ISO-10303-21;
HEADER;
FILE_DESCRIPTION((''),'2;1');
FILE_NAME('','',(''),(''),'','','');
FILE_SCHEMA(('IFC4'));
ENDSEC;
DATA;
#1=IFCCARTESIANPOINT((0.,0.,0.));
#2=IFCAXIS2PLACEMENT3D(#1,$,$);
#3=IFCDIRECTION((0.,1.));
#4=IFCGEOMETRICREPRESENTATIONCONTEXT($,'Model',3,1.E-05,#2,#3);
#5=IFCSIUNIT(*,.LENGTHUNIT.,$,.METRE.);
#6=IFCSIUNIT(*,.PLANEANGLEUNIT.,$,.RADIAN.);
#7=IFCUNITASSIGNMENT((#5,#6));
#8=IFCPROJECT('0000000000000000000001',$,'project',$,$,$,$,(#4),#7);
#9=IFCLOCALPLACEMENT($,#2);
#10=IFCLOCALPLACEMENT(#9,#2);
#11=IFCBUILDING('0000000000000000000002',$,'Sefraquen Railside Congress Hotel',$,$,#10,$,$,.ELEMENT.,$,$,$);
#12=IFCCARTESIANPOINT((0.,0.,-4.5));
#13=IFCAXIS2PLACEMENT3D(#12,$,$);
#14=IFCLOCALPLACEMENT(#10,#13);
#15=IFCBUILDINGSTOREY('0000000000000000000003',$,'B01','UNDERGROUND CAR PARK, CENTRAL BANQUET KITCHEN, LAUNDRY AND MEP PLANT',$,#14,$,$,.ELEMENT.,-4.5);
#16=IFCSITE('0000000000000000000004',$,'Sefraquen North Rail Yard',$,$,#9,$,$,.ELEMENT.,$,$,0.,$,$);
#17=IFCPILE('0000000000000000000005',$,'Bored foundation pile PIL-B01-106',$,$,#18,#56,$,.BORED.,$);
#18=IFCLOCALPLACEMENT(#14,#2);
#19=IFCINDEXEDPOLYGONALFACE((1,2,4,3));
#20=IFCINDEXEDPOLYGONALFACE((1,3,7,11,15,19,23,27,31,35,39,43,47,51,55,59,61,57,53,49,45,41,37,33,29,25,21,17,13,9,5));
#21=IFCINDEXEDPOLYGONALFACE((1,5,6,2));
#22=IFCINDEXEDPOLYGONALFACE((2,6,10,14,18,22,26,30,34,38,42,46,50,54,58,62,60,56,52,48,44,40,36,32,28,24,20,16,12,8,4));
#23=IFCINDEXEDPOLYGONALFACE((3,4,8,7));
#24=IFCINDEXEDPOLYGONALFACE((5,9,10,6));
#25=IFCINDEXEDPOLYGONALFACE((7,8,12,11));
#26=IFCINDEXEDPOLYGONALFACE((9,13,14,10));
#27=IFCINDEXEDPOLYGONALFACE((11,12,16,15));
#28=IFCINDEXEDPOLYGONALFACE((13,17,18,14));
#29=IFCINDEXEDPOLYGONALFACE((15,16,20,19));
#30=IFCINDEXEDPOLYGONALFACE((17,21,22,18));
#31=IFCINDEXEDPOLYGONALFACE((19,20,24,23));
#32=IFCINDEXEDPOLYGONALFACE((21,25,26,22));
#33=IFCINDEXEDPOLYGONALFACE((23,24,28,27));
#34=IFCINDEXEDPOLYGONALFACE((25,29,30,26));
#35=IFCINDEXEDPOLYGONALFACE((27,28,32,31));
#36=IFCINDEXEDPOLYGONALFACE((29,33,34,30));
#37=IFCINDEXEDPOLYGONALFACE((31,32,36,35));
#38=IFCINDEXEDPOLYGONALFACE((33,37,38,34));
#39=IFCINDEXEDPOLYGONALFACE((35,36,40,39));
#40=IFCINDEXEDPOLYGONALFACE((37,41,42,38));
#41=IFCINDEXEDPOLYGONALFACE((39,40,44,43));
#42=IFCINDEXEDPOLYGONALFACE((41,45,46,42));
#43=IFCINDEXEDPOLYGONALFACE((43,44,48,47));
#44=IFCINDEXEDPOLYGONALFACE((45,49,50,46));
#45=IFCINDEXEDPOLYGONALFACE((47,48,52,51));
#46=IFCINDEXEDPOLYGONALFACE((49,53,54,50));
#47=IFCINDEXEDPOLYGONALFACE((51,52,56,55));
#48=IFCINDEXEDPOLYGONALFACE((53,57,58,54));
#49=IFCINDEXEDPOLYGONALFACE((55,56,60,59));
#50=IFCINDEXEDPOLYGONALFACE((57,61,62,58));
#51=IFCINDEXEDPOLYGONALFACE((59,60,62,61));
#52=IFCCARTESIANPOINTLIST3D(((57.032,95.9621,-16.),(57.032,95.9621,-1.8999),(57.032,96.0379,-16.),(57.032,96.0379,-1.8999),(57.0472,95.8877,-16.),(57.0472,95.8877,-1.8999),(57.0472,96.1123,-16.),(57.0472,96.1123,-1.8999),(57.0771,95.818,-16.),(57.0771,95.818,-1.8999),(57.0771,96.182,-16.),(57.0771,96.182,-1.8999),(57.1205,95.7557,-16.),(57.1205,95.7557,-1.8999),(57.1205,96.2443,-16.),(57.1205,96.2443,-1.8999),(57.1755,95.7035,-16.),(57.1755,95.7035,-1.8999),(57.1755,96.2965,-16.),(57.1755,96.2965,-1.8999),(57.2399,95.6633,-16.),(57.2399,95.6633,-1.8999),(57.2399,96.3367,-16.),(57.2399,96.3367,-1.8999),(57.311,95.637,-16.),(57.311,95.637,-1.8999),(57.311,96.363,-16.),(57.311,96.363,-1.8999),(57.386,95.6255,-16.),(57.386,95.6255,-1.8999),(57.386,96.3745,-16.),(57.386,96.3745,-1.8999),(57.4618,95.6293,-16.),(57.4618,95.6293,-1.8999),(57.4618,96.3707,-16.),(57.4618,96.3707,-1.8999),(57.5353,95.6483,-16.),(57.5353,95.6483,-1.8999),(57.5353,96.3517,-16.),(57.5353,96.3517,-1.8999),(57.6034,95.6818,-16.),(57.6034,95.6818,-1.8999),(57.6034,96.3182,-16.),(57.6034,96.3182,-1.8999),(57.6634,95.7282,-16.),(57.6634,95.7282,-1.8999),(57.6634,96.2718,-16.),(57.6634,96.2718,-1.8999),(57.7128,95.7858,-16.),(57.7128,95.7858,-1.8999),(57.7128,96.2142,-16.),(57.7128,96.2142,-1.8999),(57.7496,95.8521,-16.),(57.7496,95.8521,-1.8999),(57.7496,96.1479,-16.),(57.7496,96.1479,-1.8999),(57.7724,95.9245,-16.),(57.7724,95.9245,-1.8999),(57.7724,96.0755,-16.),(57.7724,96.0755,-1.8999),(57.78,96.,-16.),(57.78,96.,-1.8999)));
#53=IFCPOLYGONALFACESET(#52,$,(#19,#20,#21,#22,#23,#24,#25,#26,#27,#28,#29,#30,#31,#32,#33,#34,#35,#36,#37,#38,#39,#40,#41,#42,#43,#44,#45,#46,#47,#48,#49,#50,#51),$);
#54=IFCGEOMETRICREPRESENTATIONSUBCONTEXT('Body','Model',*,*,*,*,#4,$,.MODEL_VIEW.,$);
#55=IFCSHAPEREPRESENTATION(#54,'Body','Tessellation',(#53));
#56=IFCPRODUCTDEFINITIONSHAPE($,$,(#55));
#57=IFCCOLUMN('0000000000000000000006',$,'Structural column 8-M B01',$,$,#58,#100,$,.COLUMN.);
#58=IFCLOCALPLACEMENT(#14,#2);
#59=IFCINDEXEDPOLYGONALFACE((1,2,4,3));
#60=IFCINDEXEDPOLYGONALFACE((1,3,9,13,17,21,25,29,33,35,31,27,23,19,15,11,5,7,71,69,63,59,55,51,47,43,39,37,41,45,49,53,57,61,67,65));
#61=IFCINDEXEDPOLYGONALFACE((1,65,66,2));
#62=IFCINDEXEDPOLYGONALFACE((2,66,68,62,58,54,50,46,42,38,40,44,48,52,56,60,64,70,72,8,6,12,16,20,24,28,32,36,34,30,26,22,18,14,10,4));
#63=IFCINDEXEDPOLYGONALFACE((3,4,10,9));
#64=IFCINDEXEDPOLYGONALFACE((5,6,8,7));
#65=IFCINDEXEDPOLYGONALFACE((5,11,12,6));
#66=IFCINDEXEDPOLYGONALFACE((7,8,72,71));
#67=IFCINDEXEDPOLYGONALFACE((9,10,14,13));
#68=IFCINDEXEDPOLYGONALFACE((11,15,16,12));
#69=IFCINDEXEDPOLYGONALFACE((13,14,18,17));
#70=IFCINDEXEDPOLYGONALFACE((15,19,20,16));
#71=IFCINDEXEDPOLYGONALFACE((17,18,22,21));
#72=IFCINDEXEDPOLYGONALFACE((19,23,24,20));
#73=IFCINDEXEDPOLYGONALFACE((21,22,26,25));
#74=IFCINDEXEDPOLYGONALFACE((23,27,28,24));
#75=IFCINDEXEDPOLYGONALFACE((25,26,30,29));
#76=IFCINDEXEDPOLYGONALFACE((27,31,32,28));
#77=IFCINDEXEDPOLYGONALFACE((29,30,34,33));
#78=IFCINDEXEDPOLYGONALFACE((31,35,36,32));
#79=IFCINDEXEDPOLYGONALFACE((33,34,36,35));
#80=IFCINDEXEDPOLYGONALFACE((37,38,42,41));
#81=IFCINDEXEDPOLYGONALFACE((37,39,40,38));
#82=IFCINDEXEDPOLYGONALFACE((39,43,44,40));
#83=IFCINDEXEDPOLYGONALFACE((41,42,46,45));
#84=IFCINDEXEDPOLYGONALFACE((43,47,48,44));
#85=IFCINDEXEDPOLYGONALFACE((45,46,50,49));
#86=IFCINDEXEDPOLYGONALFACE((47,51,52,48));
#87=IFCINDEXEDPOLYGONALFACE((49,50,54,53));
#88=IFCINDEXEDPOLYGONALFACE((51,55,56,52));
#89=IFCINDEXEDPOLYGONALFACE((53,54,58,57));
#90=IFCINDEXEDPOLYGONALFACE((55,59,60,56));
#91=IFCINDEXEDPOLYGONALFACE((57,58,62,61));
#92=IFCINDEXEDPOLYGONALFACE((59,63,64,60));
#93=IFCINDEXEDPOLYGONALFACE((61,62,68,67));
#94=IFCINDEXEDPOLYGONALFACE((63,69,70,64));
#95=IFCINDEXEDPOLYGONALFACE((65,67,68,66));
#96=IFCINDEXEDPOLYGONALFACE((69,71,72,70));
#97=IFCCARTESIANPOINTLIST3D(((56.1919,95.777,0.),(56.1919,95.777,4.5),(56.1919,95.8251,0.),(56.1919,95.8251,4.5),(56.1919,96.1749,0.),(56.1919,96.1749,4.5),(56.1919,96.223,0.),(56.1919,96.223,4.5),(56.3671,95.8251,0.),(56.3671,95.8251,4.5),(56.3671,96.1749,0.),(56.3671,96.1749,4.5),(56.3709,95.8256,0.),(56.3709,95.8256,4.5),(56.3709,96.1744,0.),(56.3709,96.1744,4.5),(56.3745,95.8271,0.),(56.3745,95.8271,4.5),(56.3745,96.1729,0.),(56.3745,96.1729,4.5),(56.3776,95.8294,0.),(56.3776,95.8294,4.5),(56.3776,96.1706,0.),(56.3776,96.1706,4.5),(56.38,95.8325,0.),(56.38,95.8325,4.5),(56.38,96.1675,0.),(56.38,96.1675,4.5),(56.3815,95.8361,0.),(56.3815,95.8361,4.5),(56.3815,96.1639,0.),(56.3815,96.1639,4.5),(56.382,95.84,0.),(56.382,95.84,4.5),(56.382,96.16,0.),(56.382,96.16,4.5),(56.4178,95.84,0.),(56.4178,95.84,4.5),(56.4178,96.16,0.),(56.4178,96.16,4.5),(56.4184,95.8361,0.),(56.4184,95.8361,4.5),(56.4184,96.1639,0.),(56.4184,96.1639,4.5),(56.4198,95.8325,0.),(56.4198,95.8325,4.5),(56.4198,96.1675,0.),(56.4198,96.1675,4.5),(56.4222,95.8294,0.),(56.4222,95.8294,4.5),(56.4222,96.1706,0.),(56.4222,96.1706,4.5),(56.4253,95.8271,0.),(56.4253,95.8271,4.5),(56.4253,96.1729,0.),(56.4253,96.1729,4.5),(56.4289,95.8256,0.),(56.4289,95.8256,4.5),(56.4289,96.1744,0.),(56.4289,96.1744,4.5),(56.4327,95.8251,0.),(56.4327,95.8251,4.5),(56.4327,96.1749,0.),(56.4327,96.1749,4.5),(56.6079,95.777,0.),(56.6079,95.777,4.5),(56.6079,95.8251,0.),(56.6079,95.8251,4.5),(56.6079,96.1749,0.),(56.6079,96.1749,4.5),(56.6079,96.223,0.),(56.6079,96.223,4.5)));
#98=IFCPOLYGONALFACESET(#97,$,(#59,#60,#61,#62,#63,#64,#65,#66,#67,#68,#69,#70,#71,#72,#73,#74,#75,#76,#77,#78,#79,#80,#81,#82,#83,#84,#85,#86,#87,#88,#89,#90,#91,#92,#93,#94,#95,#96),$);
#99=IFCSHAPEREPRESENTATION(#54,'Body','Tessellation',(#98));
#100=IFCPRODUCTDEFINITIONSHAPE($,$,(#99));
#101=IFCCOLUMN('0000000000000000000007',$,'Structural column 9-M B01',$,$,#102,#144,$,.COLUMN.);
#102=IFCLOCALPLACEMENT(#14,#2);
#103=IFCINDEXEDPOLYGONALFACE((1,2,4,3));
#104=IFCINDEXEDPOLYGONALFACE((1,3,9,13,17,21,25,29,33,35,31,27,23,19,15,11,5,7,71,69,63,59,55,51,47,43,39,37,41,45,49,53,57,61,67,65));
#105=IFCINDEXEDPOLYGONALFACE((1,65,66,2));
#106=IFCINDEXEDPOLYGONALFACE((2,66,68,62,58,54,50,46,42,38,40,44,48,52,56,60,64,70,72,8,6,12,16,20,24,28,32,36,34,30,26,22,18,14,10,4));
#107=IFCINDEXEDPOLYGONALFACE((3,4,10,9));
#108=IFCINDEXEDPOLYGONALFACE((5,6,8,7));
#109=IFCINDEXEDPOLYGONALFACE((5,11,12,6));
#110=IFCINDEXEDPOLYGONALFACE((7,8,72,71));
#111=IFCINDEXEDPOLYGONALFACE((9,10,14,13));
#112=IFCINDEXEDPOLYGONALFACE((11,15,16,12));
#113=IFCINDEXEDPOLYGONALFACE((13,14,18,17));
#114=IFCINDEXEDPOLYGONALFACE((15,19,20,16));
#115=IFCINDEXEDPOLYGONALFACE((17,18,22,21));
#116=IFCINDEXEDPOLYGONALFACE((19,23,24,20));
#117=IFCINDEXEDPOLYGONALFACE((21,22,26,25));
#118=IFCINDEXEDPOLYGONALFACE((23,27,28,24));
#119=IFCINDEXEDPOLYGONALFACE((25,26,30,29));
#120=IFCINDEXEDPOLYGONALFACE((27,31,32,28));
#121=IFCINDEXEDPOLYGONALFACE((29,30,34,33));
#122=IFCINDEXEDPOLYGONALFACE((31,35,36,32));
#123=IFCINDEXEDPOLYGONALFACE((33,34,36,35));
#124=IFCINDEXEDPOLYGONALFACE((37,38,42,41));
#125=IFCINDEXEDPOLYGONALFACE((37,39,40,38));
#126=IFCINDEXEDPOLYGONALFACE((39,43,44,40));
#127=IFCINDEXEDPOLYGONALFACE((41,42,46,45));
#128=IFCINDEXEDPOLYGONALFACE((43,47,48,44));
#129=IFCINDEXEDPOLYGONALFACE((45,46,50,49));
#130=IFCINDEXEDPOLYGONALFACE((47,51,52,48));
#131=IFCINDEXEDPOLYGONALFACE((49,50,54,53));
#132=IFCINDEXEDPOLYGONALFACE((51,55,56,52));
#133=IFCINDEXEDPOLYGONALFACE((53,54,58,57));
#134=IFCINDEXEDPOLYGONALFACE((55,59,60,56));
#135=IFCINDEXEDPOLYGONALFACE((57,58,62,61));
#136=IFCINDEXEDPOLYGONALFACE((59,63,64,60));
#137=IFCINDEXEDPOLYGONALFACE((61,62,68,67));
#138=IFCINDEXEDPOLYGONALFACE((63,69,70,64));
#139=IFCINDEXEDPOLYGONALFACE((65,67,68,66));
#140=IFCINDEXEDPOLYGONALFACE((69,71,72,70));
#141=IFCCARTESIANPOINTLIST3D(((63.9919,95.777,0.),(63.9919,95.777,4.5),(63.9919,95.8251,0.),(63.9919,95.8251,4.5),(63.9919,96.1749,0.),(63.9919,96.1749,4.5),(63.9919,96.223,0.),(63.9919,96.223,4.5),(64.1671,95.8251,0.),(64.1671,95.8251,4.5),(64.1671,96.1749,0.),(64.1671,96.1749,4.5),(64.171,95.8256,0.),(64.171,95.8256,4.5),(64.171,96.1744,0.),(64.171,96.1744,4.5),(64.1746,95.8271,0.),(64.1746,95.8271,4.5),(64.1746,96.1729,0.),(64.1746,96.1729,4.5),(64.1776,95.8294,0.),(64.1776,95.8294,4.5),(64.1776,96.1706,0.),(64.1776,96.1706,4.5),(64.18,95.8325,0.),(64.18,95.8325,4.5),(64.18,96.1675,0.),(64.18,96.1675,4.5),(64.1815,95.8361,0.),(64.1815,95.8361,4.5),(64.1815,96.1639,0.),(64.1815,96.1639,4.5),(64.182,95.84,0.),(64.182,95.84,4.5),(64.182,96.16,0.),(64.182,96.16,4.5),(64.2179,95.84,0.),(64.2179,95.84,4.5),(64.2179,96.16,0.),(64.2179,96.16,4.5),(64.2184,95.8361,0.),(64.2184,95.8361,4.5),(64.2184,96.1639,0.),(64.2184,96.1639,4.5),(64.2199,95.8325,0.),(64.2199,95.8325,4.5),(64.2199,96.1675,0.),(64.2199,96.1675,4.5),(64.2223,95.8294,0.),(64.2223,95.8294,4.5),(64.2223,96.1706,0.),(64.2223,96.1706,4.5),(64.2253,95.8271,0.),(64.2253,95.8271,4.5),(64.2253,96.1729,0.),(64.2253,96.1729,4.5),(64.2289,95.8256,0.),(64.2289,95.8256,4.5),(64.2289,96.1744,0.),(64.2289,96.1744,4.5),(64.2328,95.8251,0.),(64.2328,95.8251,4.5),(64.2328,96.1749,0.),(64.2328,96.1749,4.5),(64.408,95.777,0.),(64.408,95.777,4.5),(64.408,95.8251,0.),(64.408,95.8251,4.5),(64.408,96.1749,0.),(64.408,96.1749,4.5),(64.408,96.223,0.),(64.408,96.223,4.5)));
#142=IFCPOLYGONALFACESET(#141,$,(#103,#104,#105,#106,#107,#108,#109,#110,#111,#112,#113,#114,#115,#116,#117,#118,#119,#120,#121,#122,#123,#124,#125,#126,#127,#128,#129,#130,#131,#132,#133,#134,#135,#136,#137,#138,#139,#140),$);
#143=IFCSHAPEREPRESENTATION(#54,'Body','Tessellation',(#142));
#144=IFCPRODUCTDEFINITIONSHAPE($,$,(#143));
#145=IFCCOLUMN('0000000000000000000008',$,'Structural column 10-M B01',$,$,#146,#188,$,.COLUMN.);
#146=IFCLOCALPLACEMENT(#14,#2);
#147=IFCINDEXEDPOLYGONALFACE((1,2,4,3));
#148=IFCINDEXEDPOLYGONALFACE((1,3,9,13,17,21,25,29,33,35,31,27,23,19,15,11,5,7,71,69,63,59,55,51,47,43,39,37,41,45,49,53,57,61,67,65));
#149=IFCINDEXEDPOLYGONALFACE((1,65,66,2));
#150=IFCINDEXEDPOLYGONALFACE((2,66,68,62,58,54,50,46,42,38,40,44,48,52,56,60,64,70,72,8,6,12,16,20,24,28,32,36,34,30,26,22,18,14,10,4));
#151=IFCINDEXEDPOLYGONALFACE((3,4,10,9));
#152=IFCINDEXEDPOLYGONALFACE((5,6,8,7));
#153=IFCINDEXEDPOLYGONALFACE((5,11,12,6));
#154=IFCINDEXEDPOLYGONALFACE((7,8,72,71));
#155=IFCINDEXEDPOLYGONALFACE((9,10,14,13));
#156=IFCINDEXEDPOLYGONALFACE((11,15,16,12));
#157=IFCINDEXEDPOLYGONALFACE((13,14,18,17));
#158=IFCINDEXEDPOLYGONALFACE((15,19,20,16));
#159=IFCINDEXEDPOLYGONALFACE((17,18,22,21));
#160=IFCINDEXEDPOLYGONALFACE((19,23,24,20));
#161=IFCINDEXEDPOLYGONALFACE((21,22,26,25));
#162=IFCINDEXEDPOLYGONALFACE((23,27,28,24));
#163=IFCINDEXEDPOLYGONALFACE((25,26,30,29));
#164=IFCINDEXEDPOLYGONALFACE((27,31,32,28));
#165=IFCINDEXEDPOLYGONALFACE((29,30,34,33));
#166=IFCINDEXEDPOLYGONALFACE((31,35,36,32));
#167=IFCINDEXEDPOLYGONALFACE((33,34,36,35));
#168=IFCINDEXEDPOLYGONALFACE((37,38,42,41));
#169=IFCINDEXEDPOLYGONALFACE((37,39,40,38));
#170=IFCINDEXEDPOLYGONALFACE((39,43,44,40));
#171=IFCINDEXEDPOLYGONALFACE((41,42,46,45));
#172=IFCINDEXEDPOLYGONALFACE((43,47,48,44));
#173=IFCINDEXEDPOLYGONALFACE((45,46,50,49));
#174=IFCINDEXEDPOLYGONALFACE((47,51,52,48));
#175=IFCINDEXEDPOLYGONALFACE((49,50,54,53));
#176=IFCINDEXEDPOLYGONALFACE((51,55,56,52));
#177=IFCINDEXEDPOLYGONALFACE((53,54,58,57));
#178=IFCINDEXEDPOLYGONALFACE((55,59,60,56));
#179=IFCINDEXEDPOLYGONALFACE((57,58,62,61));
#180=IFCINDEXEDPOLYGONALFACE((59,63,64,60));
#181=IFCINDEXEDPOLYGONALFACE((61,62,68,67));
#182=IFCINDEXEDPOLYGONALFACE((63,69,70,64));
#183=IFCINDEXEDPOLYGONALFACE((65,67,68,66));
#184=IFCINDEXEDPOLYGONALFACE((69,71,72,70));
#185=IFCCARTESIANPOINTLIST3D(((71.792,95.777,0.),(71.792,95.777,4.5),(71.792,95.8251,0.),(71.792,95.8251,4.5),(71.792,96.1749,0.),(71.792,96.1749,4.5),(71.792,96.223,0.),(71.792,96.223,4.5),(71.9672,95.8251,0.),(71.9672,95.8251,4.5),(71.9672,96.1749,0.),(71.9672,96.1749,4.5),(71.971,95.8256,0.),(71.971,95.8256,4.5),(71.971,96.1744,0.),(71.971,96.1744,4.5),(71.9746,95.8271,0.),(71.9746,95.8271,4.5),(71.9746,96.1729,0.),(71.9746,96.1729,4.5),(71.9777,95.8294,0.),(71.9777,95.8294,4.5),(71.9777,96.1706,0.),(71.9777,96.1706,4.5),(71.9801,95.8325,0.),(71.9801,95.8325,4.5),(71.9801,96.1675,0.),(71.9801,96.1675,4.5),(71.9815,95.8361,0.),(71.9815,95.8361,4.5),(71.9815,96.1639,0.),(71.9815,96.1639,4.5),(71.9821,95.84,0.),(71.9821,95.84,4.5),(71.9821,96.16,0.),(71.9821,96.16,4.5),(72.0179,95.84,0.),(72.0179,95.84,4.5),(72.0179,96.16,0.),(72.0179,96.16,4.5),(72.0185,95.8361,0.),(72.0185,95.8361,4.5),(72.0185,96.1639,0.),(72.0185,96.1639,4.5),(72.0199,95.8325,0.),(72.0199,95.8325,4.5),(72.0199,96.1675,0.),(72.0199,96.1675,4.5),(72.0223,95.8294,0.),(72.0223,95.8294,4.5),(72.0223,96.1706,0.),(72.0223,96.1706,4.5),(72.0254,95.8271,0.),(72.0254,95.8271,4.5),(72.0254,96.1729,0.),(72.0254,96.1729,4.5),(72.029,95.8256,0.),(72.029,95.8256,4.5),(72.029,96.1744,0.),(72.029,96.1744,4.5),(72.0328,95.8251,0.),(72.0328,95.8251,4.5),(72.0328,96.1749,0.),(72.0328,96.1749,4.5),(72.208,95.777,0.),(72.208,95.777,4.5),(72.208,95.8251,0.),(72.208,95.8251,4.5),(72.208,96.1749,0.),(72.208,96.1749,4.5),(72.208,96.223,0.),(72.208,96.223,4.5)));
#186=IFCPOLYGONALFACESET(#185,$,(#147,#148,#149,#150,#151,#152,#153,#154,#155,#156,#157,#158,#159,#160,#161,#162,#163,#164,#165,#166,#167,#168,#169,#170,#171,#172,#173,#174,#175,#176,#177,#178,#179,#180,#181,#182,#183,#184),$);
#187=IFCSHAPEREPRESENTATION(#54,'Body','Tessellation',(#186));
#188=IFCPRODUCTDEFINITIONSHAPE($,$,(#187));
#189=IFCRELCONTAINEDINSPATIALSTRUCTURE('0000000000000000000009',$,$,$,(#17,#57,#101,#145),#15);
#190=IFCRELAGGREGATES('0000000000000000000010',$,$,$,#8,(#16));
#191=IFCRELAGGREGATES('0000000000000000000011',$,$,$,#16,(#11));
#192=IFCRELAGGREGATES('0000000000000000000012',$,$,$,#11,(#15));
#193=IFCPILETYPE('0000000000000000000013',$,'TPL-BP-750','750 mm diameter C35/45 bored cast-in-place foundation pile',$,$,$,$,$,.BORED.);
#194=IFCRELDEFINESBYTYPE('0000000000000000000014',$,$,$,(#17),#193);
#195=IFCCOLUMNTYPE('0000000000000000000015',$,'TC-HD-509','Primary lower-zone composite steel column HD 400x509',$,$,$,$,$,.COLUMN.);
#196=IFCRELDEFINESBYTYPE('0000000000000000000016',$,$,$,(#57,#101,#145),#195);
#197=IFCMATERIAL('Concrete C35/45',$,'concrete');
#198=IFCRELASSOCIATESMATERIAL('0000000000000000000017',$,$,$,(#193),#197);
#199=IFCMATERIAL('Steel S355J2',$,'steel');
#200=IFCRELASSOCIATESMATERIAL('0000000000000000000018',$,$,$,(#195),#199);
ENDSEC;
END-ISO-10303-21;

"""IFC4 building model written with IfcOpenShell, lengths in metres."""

from ifc_helpers import new_model, si_unit, direction, frame, origin, origin_2d, place, context, subcontext, project, spatial, circle, i_section, extrude, material, material_profile, profile_set, type_object, element, save


model = new_model("IFC4")

# Units and contexts
model_context = context("Model", 3, precision=1e-05, world=origin(), true_north=direction((0.0, 1.0)))
body_context = subcontext(model_context, "Body", "Model", "MODEL_VIEW")
ifc_project = project(units=[si_unit("LENGTHUNIT", "METRE"), si_unit("PLANEANGLEUNIT", "RADIAN")], contexts=[model_context])

# Site, building, storey
site_placement = place(None, origin())
site = spatial("IfcSite", under=ifc_project, at=site_placement, Name="Sefraquen North Rail Yard", CompositionType="ELEMENT", RefElevation=0.0)
building_placement = place(site_placement, origin())
building = spatial("IfcBuilding", under=site, at=building_placement, Name="Sefraquen Railside Congress Hotel", CompositionType="ELEMENT")
storey_placement = place(building_placement, frame((0.0, 0.0, -4.5)))
storey = spatial("IfcBuildingStorey", under=building, at=storey_placement, Name="B01", Description="UNDERGROUND CAR PARK, CENTRAL BANQUET KITCHEN, LAUNDRY AND MEP PLANT", CompositionType="ELEMENT", Elevation=-4.5)

# Pile
ifc_material_1 = material(Name="Concrete C35/45", Category="concrete")
ifc_material_profile_1 = material_profile(ifc_material_1, circle(Radius=0.375, at=origin_2d()), Name="BORED PILE 750")
ifc_profile_set_1 = profile_set([ifc_material_profile_1], Name="Concrete C35/45")
pile_type_1 = type_object("IfcPileType", Name="TPL-BP-750", Description="750 mm diameter C35/45 bored cast-in-place foundation pile", PredefinedType="BORED", material=ifc_profile_set_1)
for number, where, z_axis, x_axis, name in (
    (1, (57.405, 96.0, -1.8999), (0.0, 0.0, -1.0), (1.0, 0.0, 0.0), "Bored foundation pile PIL-B01-106"),
):
    element("IfcPile", number, at=place(storey_placement, frame(where, z_axis=z_axis, x_axis=x_axis)), inside=storey, type_object=pile_type_1, Name=name, PredefinedType="BORED", context=body_context, shape_type="SweptSolid", body=[
        extrude(circle(Radius=0.375, at=origin_2d()), origin(), (0.0, 0.0, 1.0), 14.1001),
    ])

# Columns
ifc_material_2 = material(Name="Steel S355J2", Category="steel")
ifc_material_profile_2 = material_profile(ifc_material_2, i_section(OverallWidth=0.416, OverallDepth=0.446, WebThickness=0.0359, FlangeThickness=0.0481, FilletRadius=0.0149, at=origin_2d()), Name="HD 400x509")
ifc_profile_set_2 = profile_set([ifc_material_profile_2], Name="Steel S355J2")
column_type_1 = type_object("IfcColumnType", Name="TC-HD-509", Description="Primary lower-zone composite steel column HD 400x509", PredefinedType="COLUMN", material=ifc_profile_set_2)
for number, where, z_axis, x_axis, name in (
    (2, (56.3999, 96.0, 0.0), (0.0, 0.0, 1.0), (1.0, 0.0, 0.0), "Structural column 8-M B01"),
    (3, (64.2, 96.0, 0.0), (0.0, 0.0, 1.0), (1.0, 0.0, 0.0), "Structural column 9-M B01"),
    (4, (72.0, 96.0, 0.0), (0.0, 0.0, 1.0), (1.0, 0.0, 0.0), "Structural column 10-M B01"),
):
    element("IfcColumn", number, at=place(storey_placement, frame(where, z_axis=z_axis, x_axis=x_axis)), inside=storey, type_object=column_type_1, Name=name, PredefinedType="COLUMN", context=body_context, shape_type="SweptSolid", body=[
        extrude(i_section(OverallWidth=0.416, OverallDepth=0.446, WebThickness=0.0359, FlangeThickness=0.0481, FilletRadius=0.0149, at=origin_2d()), origin(), (0.0, 0.0, 1.0), 4.5),
    ])

save(model, "model.ifc")
